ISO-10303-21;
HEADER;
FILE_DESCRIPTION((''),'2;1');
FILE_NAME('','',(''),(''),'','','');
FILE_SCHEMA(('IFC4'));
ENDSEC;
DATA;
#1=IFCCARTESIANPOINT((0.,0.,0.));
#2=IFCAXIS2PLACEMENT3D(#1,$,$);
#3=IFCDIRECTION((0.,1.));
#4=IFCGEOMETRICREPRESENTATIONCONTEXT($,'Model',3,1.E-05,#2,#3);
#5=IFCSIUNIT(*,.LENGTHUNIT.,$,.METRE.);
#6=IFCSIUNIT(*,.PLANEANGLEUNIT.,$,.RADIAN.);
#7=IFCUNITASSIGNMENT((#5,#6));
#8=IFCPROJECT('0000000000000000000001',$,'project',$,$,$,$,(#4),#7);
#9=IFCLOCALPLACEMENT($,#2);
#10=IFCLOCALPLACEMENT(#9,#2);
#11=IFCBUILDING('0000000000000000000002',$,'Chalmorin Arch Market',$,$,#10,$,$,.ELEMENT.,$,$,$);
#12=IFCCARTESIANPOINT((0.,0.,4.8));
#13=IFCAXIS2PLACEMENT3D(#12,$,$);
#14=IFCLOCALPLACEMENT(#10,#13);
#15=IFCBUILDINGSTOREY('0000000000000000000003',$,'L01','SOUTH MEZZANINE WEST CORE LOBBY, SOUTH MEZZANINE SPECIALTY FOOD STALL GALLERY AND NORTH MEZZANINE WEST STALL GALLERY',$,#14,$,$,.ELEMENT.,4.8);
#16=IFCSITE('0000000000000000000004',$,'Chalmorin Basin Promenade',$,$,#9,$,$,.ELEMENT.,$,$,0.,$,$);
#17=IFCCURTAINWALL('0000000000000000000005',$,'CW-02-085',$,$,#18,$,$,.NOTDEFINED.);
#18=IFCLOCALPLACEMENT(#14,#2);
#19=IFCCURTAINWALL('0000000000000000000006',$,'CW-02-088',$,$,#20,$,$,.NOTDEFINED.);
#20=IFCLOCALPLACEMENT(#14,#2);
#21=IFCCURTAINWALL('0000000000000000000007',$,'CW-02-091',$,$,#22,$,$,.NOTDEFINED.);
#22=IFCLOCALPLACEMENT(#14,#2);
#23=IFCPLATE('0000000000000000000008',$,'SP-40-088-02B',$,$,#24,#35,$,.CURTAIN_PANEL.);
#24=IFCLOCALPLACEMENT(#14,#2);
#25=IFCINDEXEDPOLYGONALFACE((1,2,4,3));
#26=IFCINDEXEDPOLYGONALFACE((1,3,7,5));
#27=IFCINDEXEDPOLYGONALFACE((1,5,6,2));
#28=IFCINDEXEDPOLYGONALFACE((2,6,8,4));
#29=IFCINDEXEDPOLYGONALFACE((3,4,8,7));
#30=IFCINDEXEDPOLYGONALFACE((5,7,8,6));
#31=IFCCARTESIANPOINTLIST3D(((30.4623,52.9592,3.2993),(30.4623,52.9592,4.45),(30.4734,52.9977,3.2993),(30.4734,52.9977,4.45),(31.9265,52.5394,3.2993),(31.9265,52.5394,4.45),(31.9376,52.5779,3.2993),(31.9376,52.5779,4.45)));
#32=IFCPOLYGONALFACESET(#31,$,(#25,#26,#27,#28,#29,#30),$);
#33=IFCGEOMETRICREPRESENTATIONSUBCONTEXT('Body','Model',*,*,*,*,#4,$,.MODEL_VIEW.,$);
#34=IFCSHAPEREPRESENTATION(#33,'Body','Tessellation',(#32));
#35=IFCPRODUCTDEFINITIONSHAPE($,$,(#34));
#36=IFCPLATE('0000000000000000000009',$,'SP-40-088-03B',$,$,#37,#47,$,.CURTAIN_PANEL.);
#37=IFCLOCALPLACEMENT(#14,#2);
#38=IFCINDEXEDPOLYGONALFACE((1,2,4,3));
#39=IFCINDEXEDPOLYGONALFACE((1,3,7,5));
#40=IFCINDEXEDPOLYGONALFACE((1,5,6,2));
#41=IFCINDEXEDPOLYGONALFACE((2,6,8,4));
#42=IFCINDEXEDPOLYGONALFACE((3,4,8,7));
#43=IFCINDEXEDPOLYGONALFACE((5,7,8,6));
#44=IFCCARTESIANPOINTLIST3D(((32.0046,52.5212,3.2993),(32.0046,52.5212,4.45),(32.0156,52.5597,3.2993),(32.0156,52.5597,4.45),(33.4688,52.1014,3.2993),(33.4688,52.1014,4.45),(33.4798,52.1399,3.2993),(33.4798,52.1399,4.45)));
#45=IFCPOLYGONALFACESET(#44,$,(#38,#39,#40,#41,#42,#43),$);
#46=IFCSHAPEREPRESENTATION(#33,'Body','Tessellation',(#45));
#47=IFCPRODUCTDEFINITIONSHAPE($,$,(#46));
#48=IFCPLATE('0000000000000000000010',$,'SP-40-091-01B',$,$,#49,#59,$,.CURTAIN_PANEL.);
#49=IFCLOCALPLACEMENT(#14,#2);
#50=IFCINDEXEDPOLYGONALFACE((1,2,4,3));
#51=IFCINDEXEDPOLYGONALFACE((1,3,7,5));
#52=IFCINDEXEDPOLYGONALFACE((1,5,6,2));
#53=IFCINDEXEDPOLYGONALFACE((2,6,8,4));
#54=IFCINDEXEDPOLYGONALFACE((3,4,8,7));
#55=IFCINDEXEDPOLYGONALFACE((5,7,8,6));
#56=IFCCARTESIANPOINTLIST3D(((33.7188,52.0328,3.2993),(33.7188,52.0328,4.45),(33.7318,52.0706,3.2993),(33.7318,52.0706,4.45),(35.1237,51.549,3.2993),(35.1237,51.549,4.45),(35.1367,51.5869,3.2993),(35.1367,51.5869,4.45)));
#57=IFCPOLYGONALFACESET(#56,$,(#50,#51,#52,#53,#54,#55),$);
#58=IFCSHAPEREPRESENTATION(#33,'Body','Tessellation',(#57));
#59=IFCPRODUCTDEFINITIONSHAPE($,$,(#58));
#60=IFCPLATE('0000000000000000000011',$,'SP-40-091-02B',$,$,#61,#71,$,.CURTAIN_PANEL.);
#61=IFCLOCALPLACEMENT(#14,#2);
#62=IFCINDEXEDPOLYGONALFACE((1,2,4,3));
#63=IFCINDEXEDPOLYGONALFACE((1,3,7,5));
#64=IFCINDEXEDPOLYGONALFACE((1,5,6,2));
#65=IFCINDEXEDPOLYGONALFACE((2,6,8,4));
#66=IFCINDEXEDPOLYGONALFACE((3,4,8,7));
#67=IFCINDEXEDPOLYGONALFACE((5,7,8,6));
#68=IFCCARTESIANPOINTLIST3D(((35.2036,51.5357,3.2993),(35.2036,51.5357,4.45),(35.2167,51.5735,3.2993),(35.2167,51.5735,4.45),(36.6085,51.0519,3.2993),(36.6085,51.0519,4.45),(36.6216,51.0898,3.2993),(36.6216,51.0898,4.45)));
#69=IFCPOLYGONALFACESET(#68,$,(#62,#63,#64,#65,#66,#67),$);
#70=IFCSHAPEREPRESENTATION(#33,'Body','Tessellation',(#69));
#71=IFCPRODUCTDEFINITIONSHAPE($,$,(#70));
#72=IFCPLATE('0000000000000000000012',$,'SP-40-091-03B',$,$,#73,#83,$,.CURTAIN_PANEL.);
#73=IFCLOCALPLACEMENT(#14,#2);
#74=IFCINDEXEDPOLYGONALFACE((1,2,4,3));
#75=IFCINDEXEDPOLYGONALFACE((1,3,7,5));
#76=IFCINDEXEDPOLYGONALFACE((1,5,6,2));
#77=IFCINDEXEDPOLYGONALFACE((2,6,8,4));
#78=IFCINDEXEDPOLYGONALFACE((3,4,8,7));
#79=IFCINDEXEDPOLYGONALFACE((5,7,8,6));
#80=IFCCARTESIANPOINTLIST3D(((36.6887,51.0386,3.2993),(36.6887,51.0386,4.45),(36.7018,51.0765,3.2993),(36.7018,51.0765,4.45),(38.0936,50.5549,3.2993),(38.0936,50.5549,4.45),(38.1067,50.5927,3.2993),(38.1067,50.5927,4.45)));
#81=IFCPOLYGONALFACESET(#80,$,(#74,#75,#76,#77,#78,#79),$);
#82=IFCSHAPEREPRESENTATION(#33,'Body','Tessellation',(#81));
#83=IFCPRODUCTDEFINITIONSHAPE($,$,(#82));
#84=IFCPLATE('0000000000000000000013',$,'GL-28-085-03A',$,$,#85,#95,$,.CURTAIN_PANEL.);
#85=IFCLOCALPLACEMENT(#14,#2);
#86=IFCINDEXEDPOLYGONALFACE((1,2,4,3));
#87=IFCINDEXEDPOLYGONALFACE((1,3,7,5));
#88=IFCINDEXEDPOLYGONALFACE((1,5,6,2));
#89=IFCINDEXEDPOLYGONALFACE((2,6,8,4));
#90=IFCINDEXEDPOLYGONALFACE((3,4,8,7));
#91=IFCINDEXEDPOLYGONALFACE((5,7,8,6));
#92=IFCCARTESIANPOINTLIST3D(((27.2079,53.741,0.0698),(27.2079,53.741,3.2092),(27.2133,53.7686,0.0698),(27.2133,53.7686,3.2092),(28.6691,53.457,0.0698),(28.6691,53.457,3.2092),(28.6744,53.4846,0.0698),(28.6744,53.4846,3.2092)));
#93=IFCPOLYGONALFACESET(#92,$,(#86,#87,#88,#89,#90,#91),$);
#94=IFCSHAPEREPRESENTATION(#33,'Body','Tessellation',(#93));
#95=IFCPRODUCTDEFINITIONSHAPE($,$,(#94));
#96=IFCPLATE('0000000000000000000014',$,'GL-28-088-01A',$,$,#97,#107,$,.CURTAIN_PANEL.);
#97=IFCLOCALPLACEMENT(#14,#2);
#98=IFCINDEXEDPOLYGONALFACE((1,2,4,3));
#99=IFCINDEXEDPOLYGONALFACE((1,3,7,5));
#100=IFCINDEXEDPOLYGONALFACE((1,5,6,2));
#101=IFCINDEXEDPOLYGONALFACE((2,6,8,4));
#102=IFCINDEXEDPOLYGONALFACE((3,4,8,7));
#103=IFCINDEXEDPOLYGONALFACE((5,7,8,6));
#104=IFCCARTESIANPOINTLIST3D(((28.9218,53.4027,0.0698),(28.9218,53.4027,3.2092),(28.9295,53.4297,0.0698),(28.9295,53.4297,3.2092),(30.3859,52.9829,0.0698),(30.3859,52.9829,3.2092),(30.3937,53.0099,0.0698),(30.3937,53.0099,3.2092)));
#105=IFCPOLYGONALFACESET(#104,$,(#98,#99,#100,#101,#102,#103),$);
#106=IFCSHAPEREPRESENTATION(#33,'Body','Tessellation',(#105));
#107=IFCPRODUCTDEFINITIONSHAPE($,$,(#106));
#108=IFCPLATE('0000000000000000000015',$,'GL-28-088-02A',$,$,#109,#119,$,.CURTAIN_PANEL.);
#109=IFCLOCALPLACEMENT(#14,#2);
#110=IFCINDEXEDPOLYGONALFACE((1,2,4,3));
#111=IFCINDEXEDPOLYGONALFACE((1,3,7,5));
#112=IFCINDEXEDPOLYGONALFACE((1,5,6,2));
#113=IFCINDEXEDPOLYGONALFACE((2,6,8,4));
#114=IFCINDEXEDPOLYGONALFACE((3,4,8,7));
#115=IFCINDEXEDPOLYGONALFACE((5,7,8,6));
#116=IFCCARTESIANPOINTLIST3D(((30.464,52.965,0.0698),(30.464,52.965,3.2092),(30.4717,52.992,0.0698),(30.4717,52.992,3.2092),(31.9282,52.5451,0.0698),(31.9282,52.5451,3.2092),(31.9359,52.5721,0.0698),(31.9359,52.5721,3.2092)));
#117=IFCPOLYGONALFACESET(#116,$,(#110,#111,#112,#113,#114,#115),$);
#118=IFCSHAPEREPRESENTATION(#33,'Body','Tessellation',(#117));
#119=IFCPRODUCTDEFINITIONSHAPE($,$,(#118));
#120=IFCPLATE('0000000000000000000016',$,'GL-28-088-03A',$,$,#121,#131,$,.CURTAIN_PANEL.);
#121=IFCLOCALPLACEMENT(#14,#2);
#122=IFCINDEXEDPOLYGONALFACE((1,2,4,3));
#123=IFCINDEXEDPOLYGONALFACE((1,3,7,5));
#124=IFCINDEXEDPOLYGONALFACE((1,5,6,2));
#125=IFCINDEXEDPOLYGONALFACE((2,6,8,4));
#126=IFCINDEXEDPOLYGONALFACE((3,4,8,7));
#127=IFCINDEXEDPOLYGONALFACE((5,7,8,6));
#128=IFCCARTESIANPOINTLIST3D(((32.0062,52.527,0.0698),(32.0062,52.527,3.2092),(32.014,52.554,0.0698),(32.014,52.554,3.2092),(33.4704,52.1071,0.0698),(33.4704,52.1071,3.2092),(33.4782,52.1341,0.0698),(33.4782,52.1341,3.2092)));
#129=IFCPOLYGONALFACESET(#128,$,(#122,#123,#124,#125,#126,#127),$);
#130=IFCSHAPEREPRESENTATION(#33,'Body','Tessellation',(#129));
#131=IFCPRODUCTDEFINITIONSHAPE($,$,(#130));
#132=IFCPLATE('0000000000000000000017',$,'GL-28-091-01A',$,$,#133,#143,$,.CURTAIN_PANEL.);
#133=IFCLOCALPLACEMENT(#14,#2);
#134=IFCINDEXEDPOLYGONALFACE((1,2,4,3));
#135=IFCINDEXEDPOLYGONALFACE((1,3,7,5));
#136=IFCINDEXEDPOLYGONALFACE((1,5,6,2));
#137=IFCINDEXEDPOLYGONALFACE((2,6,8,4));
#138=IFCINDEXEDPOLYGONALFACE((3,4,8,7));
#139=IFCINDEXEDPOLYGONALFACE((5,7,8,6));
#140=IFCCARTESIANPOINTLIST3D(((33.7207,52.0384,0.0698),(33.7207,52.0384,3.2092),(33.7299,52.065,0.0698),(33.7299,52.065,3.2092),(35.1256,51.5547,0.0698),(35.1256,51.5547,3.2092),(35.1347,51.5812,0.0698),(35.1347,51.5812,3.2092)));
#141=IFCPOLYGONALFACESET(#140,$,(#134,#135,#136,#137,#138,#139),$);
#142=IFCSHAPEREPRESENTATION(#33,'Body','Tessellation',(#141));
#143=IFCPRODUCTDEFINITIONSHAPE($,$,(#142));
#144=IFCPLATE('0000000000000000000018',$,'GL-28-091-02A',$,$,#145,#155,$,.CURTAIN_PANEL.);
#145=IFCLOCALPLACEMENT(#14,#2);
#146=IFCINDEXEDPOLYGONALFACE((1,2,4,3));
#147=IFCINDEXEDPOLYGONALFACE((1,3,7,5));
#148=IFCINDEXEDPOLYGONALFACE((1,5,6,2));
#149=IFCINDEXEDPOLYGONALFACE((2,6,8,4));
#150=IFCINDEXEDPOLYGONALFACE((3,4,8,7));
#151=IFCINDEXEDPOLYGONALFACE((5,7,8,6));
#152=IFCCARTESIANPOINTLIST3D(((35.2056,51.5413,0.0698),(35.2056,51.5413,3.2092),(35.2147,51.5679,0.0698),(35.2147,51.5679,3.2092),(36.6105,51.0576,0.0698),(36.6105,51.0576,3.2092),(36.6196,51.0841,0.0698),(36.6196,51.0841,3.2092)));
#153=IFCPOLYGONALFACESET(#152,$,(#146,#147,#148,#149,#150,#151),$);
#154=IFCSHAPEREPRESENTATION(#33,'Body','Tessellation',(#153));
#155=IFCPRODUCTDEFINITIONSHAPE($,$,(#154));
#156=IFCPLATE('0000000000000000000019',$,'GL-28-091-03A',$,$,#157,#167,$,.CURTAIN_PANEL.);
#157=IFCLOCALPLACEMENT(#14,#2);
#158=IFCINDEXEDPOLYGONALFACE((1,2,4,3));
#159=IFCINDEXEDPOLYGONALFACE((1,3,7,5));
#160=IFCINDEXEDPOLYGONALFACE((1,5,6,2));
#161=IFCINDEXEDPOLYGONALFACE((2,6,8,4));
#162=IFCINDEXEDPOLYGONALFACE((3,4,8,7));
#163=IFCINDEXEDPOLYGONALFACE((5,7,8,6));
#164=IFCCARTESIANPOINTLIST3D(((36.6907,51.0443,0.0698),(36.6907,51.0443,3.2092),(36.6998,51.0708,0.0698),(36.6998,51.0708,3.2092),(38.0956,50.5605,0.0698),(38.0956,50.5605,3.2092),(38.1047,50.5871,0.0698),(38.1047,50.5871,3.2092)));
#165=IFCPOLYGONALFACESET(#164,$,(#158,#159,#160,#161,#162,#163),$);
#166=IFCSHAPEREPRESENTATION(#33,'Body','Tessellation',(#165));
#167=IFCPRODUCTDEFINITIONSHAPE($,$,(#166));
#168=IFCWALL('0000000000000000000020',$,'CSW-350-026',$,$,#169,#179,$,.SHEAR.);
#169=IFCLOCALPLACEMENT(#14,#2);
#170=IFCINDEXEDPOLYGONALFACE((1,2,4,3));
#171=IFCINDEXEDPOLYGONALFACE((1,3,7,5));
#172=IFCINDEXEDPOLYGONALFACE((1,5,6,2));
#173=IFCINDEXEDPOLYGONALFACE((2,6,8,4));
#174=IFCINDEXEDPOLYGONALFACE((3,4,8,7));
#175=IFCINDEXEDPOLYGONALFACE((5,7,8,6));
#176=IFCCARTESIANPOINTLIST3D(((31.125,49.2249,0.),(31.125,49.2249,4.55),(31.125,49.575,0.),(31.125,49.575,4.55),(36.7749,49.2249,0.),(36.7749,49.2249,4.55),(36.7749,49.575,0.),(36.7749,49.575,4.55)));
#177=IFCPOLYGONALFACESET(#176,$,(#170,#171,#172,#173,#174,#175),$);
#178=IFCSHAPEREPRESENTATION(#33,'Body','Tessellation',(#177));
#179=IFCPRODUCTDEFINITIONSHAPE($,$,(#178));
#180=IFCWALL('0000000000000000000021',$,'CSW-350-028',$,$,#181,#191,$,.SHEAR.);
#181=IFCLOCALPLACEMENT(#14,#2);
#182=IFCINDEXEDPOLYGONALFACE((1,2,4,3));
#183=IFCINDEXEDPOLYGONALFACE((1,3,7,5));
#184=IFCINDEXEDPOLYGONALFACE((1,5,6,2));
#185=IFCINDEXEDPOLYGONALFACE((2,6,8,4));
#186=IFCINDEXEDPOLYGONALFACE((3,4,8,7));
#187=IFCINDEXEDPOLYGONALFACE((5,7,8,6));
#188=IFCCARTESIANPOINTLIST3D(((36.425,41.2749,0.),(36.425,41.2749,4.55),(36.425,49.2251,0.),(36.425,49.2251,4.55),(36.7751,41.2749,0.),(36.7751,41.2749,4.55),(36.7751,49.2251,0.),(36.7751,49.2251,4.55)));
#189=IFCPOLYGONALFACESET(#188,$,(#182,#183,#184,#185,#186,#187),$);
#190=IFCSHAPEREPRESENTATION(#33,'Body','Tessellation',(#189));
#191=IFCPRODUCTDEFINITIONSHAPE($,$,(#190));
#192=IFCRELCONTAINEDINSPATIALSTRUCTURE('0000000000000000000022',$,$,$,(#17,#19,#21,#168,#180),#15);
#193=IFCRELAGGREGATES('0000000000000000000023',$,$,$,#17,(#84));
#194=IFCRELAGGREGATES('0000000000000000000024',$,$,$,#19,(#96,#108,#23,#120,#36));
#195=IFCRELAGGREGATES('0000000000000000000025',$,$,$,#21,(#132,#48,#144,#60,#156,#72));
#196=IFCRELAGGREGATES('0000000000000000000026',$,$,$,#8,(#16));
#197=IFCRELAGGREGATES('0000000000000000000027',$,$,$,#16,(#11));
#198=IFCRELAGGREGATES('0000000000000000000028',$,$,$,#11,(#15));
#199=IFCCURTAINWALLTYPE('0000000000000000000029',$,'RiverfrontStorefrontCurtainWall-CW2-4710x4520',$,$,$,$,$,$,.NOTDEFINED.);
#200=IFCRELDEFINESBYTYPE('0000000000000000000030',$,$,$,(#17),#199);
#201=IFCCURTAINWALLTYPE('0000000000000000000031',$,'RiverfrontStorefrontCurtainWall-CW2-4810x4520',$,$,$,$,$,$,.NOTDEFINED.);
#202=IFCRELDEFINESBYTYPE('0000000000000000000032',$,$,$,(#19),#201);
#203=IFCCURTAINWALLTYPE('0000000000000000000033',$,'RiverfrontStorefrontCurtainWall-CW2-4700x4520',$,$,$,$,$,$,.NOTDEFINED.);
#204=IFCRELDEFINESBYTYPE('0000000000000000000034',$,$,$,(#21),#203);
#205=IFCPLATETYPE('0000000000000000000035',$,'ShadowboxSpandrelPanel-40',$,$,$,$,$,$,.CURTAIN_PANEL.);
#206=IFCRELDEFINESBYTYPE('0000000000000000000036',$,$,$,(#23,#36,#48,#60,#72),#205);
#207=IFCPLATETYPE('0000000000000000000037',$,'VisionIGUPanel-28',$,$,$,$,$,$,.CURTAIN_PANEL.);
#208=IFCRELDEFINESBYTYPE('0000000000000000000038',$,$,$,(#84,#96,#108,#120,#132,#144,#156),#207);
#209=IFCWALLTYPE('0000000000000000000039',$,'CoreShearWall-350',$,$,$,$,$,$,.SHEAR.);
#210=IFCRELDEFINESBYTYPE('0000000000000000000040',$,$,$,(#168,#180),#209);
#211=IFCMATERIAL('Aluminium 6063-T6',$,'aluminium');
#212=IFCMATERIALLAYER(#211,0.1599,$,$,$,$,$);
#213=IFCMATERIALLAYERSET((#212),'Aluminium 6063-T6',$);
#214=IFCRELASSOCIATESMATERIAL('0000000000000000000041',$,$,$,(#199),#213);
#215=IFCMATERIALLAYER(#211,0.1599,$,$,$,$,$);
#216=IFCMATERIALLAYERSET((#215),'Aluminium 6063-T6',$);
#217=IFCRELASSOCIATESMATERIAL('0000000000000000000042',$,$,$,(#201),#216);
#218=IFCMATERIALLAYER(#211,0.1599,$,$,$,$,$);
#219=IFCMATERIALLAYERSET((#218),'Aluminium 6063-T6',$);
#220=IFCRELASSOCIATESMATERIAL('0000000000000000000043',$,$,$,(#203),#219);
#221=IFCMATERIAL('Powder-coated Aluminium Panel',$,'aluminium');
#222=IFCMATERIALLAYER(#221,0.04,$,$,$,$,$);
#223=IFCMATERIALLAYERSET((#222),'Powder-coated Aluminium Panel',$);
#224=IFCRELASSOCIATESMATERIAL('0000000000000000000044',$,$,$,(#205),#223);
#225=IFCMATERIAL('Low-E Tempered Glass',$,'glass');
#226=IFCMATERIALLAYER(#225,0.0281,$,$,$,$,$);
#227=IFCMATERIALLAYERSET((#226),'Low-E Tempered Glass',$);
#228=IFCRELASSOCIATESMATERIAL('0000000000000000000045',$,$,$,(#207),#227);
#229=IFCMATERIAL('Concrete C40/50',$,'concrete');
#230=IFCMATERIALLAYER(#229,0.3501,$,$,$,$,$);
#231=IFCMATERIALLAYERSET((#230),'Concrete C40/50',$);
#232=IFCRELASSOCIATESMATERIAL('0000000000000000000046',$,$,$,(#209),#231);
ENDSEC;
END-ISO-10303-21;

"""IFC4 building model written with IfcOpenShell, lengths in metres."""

from ifc_helpers import new_model, si_unit, direction, frame, frame_2d, origin, origin_2d, place, context, subcontext, project, spatial, rectangle, extrude, material, layer, layer_set, type_object, element, aggregate, save


model = new_model("IFC4")

# Units and contexts
model_context = context("Model", 3, precision=1e-05, world=origin(), true_north=direction((0.0, 1.0)))
body_context = subcontext(model_context, "Body", "Model", "MODEL_VIEW")
ifc_project = project(units=[si_unit("LENGTHUNIT", "METRE"), si_unit("PLANEANGLEUNIT", "RADIAN")], contexts=[model_context])

# Site, building, storey
site_placement = place(None, origin())
site = spatial("IfcSite", under=ifc_project, at=site_placement, Name="Chalmorin Basin Promenade", CompositionType="ELEMENT", RefElevation=0.0)
building_placement = place(site_placement, origin())
building = spatial("IfcBuilding", under=site, at=building_placement, Name="Chalmorin Arch Market", CompositionType="ELEMENT")
storey_placement = place(building_placement, frame((0.0, 0.0, 4.8)))
storey = spatial("IfcBuildingStorey", under=building, at=storey_placement, Name="L01", Description="SOUTH MEZZANINE WEST CORE LOBBY, SOUTH MEZZANINE SPECIALTY FOOD STALL GALLERY AND NORTH MEZZANINE WEST STALL GALLERY", CompositionType="ELEMENT", Elevation=4.8)

# Shared definitions
ifc_material_1 = material(Name="Concrete C40/50", Category="concrete")

# Curtain wall
ifc_material_2 = material(Name="Aluminium 6063-T6", Category="aluminium")
ifc_layer_1 = layer(ifc_material_2, 0.1599)
ifc_layer_set_1 = layer_set([ifc_layer_1], Name="Aluminium 6063-T6")
curtain_wall_type_1 = type_object("IfcCurtainWallType", Name="RiverfrontStorefrontCurtainWall-CW2-4710x4520", PredefinedType="NOTDEFINED", material=ifc_layer_set_1)
curtain_wall_1_placement = place(storey_placement, origin())
curtain_wall_1 = element("IfcCurtainWall", 1, at=curtain_wall_1_placement, inside=storey, type_object=curtain_wall_type_1, Name="CW-02-085", PredefinedType="NOTDEFINED")

# Curtain walls
ifc_layer_2 = layer(ifc_material_2, 0.1599)
ifc_layer_set_2 = layer_set([ifc_layer_2], Name="Aluminium 6063-T6")
curtain_wall_type_2 = type_object("IfcCurtainWallType", Name="RiverfrontStorefrontCurtainWall-CW2-4810x4520", PredefinedType="NOTDEFINED", material=ifc_layer_set_2)
curtain_wall_2_placement = place(storey_placement, origin())
curtain_wall_2 = element("IfcCurtainWall", 2, at=curtain_wall_2_placement, inside=storey, type_object=curtain_wall_type_2, Name="CW-02-088", PredefinedType="NOTDEFINED")
ifc_layer_3 = layer(ifc_material_2, 0.1599)
ifc_layer_set_3 = layer_set([ifc_layer_3], Name="Aluminium 6063-T6")
curtain_wall_type_3 = type_object("IfcCurtainWallType", Name="RiverfrontStorefrontCurtainWall-CW2-4700x4520", PredefinedType="NOTDEFINED", material=ifc_layer_set_3)
curtain_wall_3_placement = place(storey_placement, origin())
curtain_wall_3 = element("IfcCurtainWall", 3, at=curtain_wall_3_placement, inside=storey, type_object=curtain_wall_type_3, Name="CW-02-091", PredefinedType="NOTDEFINED")

# Plates
ifc_material_3 = material(Name="Powder-coated Aluminium Panel", Category="aluminium")
ifc_layer_4 = layer(ifc_material_3, 0.04)
ifc_layer_set_4 = layer_set([ifc_layer_4], Name="Powder-coated Aluminium Panel")
plate_type_1 = type_object("IfcPlateType", Name="ShadowboxSpandrelPanel-40", PredefinedType="CURTAIN_PANEL", material=ifc_layer_set_4)
plate_1_placement = place(storey_placement, frame((31.2, 52.7686, 3.2993), z_axis=(0.0, 0.0, 1.0), x_axis=(0.961262, -0.275637, 0.0)))
plate_1 = element("IfcPlate", 4, at=plate_1_placement, type_object=plate_type_1, Name="SP-40-088-02B", PredefinedType="CURTAIN_PANEL", context=body_context, shape_type="SweptSolid", body=[
    extrude(rectangle(XDim=1.5232, YDim=0.04, at=origin_2d()), origin(), (0.0, 0.0, 1.0), 1.1506),
])
plate_2_placement = place(storey_placement, frame((32.7422, 52.3306, 3.2993), z_axis=(0.0, 0.0, 1.0), x_axis=(0.961262, -0.275637, 0.0)))
plate_2 = element("IfcPlate", 5, at=plate_2_placement, type_object=plate_type_1, Name="SP-40-088-03B", PredefinedType="CURTAIN_PANEL", context=body_context, shape_type="SweptSolid", body=[
    extrude(rectangle(XDim=1.5232, YDim=0.04, at=origin_2d()), origin(), (0.0, 0.0, 1.0), 1.1506),
])
plate_3_placement = place(storey_placement, frame((34.4277, 51.8098, 3.2993), z_axis=(0.0, 0.0, 1.0), x_axis=(0.945519, -0.325568, 0.0)))
plate_3 = element("IfcPlate", 6, at=plate_3_placement, type_object=plate_type_1, Name="SP-40-091-01B", PredefinedType="CURTAIN_PANEL", context=body_context, shape_type="SweptSolid", body=[
    extrude(rectangle(XDim=1.4858, YDim=0.04, at=origin_2d()), origin(), (0.0, 0.0, 1.0), 1.1506),
])
plate_4_placement = place(storey_placement, frame((35.9126, 51.3127, 3.2993), z_axis=(0.0, 0.0, 1.0), x_axis=(0.945519, -0.325568, 0.0)))
plate_4 = element("IfcPlate", 7, at=plate_4_placement, type_object=plate_type_1, Name="SP-40-091-02B", PredefinedType="CURTAIN_PANEL", context=body_context, shape_type="SweptSolid", body=[
    extrude(rectangle(XDim=1.4858, YDim=0.04, at=origin_2d()), origin(), (0.0, 0.0, 1.0), 1.1506),
])
plate_5_placement = place(storey_placement, frame((37.3977, 50.8157, 3.2993), z_axis=(0.0, 0.0, 1.0), x_axis=(0.945519, -0.325568, 0.0)))
plate_5 = element("IfcPlate", 8, at=plate_5_placement, type_object=plate_type_1, Name="SP-40-091-03B", PredefinedType="CURTAIN_PANEL", context=body_context, shape_type="SweptSolid", body=[
    extrude(rectangle(XDim=1.4858, YDim=0.04, at=origin_2d()), origin(), (0.0, 0.0, 1.0), 1.1506),
])
ifc_material_4 = material(Name="Low-E Tempered Glass", Category="glass")
ifc_layer_5 = layer(ifc_material_4, 0.0281)
ifc_layer_set_5 = layer_set([ifc_layer_5], Name="Low-E Tempered Glass")
plate_type_2 = type_object("IfcPlateType", Name="VisionIGUPanel-28", PredefinedType="CURTAIN_PANEL", material=ifc_layer_set_5)
plate_6_placement = place(storey_placement, frame((27.9412, 53.6128, 0.0698), z_axis=(0.0, 0.0, 1.0), x_axis=(0.981627, -0.190809, 0.0)))
plate_6 = element("IfcPlate", 9, at=plate_6_placement, type_object=plate_type_2, Name="GL-28-085-03A", PredefinedType="CURTAIN_PANEL", context=body_context, shape_type="SweptSolid", body=[
    extrude(rectangle(XDim=1.4885, YDim=0.0281, at=origin_2d()), origin(), (0.0, 0.0, 1.0), 3.1394),
])
aggregate(curtain_wall_1, [plate_6])
plate_7_placement = place(storey_placement, frame((29.6577, 53.2063, 0.0698), z_axis=(0.0, 0.0, 1.0), x_axis=(0.961262, -0.275637, 0.0)))
plate_7 = element("IfcPlate", 10, at=plate_7_placement, type_object=plate_type_2, Name="GL-28-088-01A", PredefinedType="CURTAIN_PANEL", context=body_context, shape_type="SweptSolid", body=[
    extrude(rectangle(XDim=1.5232, YDim=0.0281, at=origin_2d()), origin(), (0.0, 0.0, 1.0), 3.1394),
])
plate_8_placement = place(storey_placement, frame((31.2, 52.7686, 0.0698), z_axis=(0.0, 0.0, 1.0), x_axis=(0.961262, -0.275637, 0.0)))
plate_8 = element("IfcPlate", 11, at=plate_8_placement, type_object=plate_type_2, Name="GL-28-088-02A", PredefinedType="CURTAIN_PANEL", context=body_context, shape_type="SweptSolid", body=[
    extrude(rectangle(XDim=1.5232, YDim=0.0281, at=origin_2d()), origin(), (0.0, 0.0, 1.0), 3.1394),
])
plate_9_placement = place(storey_placement, frame((32.7422, 52.3306, 0.0698), z_axis=(0.0, 0.0, 1.0), x_axis=(0.961262, -0.275637, 0.0)))
plate_9 = element("IfcPlate", 12, at=plate_9_placement, type_object=plate_type_2, Name="GL-28-088-03A", PredefinedType="CURTAIN_PANEL", context=body_context, shape_type="SweptSolid", body=[
    extrude(rectangle(XDim=1.5232, YDim=0.0281, at=origin_2d()), origin(), (0.0, 0.0, 1.0), 3.1394),
])
aggregate(curtain_wall_2, [plate_7, plate_8, plate_1, plate_9, plate_2])
plate_10_placement = place(storey_placement, frame((34.4277, 51.8098, 0.0698), z_axis=(0.0, 0.0, 1.0), x_axis=(0.945519, -0.325568, 0.0)))
plate_10 = element("IfcPlate", 13, at=plate_10_placement, type_object=plate_type_2, Name="GL-28-091-01A", PredefinedType="CURTAIN_PANEL", context=body_context, shape_type="SweptSolid", body=[
    extrude(rectangle(XDim=1.4858, YDim=0.0281, at=origin_2d()), origin(), (0.0, 0.0, 1.0), 3.1394),
])
plate_11_placement = place(storey_placement, frame((35.9126, 51.3127, 0.0698), z_axis=(0.0, 0.0, 1.0), x_axis=(0.945519, -0.325568, 0.0)))
plate_11 = element("IfcPlate", 14, at=plate_11_placement, type_object=plate_type_2, Name="GL-28-091-02A", PredefinedType="CURTAIN_PANEL", context=body_context, shape_type="SweptSolid", body=[
    extrude(rectangle(XDim=1.4858, YDim=0.0281, at=origin_2d()), origin(), (0.0, 0.0, 1.0), 3.1394),
])
plate_12_placement = place(storey_placement, frame((37.3977, 50.8157, 0.0698), z_axis=(0.0, 0.0, 1.0), x_axis=(0.945519, -0.325568, 0.0)))
plate_12 = element("IfcPlate", 15, at=plate_12_placement, type_object=plate_type_2, Name="GL-28-091-03A", PredefinedType="CURTAIN_PANEL", context=body_context, shape_type="SweptSolid", body=[
    extrude(rectangle(XDim=1.4858, YDim=0.0281, at=origin_2d()), origin(), (0.0, 0.0, 1.0), 3.1394),
])
aggregate(curtain_wall_3, [plate_10, plate_3, plate_11, plate_4, plate_12, plate_5])

# Walls
ifc_layer_6 = layer(ifc_material_1, 0.3501)
ifc_layer_set_6 = layer_set([ifc_layer_6], Name="Concrete C40/50")
wall_type = type_object("IfcWallType", Name="CoreShearWall-350", PredefinedType="SHEAR", material=ifc_layer_set_6)
wall_1_placement = place(storey_placement, frame((31.125, 49.3999, 0.0), z_axis=(0.0, 0.0, 1.0), x_axis=(1.0, 0.0, 0.0)))
element("IfcWall", 16, at=wall_1_placement, inside=storey, type_object=wall_type, Name="CSW-350-026", PredefinedType="SHEAR", context=body_context, shape_type="SweptSolid", body=[
    extrude(rectangle(XDim=5.6499, YDim=0.3501, at=frame_2d((2.825, 0.0))), origin(), (0.0, 0.0, 1.0), 4.55),
])
wall_2_placement = place(storey_placement, frame((36.6001, 49.2251, 0.0), z_axis=(0.0, 0.0, 1.0), x_axis=(0.0, -1.0, 0.0)))
element("IfcWall", 17, at=wall_2_placement, inside=storey, type_object=wall_type, Name="CSW-350-028", PredefinedType="SHEAR", context=body_context, shape_type="SweptSolid", body=[
    extrude(rectangle(XDim=7.9502, YDim=0.3501, at=frame_2d((3.9751, 0.0))), origin(), (0.0, 0.0, 1.0), 4.55),
])

save(model, "model.ifc")
